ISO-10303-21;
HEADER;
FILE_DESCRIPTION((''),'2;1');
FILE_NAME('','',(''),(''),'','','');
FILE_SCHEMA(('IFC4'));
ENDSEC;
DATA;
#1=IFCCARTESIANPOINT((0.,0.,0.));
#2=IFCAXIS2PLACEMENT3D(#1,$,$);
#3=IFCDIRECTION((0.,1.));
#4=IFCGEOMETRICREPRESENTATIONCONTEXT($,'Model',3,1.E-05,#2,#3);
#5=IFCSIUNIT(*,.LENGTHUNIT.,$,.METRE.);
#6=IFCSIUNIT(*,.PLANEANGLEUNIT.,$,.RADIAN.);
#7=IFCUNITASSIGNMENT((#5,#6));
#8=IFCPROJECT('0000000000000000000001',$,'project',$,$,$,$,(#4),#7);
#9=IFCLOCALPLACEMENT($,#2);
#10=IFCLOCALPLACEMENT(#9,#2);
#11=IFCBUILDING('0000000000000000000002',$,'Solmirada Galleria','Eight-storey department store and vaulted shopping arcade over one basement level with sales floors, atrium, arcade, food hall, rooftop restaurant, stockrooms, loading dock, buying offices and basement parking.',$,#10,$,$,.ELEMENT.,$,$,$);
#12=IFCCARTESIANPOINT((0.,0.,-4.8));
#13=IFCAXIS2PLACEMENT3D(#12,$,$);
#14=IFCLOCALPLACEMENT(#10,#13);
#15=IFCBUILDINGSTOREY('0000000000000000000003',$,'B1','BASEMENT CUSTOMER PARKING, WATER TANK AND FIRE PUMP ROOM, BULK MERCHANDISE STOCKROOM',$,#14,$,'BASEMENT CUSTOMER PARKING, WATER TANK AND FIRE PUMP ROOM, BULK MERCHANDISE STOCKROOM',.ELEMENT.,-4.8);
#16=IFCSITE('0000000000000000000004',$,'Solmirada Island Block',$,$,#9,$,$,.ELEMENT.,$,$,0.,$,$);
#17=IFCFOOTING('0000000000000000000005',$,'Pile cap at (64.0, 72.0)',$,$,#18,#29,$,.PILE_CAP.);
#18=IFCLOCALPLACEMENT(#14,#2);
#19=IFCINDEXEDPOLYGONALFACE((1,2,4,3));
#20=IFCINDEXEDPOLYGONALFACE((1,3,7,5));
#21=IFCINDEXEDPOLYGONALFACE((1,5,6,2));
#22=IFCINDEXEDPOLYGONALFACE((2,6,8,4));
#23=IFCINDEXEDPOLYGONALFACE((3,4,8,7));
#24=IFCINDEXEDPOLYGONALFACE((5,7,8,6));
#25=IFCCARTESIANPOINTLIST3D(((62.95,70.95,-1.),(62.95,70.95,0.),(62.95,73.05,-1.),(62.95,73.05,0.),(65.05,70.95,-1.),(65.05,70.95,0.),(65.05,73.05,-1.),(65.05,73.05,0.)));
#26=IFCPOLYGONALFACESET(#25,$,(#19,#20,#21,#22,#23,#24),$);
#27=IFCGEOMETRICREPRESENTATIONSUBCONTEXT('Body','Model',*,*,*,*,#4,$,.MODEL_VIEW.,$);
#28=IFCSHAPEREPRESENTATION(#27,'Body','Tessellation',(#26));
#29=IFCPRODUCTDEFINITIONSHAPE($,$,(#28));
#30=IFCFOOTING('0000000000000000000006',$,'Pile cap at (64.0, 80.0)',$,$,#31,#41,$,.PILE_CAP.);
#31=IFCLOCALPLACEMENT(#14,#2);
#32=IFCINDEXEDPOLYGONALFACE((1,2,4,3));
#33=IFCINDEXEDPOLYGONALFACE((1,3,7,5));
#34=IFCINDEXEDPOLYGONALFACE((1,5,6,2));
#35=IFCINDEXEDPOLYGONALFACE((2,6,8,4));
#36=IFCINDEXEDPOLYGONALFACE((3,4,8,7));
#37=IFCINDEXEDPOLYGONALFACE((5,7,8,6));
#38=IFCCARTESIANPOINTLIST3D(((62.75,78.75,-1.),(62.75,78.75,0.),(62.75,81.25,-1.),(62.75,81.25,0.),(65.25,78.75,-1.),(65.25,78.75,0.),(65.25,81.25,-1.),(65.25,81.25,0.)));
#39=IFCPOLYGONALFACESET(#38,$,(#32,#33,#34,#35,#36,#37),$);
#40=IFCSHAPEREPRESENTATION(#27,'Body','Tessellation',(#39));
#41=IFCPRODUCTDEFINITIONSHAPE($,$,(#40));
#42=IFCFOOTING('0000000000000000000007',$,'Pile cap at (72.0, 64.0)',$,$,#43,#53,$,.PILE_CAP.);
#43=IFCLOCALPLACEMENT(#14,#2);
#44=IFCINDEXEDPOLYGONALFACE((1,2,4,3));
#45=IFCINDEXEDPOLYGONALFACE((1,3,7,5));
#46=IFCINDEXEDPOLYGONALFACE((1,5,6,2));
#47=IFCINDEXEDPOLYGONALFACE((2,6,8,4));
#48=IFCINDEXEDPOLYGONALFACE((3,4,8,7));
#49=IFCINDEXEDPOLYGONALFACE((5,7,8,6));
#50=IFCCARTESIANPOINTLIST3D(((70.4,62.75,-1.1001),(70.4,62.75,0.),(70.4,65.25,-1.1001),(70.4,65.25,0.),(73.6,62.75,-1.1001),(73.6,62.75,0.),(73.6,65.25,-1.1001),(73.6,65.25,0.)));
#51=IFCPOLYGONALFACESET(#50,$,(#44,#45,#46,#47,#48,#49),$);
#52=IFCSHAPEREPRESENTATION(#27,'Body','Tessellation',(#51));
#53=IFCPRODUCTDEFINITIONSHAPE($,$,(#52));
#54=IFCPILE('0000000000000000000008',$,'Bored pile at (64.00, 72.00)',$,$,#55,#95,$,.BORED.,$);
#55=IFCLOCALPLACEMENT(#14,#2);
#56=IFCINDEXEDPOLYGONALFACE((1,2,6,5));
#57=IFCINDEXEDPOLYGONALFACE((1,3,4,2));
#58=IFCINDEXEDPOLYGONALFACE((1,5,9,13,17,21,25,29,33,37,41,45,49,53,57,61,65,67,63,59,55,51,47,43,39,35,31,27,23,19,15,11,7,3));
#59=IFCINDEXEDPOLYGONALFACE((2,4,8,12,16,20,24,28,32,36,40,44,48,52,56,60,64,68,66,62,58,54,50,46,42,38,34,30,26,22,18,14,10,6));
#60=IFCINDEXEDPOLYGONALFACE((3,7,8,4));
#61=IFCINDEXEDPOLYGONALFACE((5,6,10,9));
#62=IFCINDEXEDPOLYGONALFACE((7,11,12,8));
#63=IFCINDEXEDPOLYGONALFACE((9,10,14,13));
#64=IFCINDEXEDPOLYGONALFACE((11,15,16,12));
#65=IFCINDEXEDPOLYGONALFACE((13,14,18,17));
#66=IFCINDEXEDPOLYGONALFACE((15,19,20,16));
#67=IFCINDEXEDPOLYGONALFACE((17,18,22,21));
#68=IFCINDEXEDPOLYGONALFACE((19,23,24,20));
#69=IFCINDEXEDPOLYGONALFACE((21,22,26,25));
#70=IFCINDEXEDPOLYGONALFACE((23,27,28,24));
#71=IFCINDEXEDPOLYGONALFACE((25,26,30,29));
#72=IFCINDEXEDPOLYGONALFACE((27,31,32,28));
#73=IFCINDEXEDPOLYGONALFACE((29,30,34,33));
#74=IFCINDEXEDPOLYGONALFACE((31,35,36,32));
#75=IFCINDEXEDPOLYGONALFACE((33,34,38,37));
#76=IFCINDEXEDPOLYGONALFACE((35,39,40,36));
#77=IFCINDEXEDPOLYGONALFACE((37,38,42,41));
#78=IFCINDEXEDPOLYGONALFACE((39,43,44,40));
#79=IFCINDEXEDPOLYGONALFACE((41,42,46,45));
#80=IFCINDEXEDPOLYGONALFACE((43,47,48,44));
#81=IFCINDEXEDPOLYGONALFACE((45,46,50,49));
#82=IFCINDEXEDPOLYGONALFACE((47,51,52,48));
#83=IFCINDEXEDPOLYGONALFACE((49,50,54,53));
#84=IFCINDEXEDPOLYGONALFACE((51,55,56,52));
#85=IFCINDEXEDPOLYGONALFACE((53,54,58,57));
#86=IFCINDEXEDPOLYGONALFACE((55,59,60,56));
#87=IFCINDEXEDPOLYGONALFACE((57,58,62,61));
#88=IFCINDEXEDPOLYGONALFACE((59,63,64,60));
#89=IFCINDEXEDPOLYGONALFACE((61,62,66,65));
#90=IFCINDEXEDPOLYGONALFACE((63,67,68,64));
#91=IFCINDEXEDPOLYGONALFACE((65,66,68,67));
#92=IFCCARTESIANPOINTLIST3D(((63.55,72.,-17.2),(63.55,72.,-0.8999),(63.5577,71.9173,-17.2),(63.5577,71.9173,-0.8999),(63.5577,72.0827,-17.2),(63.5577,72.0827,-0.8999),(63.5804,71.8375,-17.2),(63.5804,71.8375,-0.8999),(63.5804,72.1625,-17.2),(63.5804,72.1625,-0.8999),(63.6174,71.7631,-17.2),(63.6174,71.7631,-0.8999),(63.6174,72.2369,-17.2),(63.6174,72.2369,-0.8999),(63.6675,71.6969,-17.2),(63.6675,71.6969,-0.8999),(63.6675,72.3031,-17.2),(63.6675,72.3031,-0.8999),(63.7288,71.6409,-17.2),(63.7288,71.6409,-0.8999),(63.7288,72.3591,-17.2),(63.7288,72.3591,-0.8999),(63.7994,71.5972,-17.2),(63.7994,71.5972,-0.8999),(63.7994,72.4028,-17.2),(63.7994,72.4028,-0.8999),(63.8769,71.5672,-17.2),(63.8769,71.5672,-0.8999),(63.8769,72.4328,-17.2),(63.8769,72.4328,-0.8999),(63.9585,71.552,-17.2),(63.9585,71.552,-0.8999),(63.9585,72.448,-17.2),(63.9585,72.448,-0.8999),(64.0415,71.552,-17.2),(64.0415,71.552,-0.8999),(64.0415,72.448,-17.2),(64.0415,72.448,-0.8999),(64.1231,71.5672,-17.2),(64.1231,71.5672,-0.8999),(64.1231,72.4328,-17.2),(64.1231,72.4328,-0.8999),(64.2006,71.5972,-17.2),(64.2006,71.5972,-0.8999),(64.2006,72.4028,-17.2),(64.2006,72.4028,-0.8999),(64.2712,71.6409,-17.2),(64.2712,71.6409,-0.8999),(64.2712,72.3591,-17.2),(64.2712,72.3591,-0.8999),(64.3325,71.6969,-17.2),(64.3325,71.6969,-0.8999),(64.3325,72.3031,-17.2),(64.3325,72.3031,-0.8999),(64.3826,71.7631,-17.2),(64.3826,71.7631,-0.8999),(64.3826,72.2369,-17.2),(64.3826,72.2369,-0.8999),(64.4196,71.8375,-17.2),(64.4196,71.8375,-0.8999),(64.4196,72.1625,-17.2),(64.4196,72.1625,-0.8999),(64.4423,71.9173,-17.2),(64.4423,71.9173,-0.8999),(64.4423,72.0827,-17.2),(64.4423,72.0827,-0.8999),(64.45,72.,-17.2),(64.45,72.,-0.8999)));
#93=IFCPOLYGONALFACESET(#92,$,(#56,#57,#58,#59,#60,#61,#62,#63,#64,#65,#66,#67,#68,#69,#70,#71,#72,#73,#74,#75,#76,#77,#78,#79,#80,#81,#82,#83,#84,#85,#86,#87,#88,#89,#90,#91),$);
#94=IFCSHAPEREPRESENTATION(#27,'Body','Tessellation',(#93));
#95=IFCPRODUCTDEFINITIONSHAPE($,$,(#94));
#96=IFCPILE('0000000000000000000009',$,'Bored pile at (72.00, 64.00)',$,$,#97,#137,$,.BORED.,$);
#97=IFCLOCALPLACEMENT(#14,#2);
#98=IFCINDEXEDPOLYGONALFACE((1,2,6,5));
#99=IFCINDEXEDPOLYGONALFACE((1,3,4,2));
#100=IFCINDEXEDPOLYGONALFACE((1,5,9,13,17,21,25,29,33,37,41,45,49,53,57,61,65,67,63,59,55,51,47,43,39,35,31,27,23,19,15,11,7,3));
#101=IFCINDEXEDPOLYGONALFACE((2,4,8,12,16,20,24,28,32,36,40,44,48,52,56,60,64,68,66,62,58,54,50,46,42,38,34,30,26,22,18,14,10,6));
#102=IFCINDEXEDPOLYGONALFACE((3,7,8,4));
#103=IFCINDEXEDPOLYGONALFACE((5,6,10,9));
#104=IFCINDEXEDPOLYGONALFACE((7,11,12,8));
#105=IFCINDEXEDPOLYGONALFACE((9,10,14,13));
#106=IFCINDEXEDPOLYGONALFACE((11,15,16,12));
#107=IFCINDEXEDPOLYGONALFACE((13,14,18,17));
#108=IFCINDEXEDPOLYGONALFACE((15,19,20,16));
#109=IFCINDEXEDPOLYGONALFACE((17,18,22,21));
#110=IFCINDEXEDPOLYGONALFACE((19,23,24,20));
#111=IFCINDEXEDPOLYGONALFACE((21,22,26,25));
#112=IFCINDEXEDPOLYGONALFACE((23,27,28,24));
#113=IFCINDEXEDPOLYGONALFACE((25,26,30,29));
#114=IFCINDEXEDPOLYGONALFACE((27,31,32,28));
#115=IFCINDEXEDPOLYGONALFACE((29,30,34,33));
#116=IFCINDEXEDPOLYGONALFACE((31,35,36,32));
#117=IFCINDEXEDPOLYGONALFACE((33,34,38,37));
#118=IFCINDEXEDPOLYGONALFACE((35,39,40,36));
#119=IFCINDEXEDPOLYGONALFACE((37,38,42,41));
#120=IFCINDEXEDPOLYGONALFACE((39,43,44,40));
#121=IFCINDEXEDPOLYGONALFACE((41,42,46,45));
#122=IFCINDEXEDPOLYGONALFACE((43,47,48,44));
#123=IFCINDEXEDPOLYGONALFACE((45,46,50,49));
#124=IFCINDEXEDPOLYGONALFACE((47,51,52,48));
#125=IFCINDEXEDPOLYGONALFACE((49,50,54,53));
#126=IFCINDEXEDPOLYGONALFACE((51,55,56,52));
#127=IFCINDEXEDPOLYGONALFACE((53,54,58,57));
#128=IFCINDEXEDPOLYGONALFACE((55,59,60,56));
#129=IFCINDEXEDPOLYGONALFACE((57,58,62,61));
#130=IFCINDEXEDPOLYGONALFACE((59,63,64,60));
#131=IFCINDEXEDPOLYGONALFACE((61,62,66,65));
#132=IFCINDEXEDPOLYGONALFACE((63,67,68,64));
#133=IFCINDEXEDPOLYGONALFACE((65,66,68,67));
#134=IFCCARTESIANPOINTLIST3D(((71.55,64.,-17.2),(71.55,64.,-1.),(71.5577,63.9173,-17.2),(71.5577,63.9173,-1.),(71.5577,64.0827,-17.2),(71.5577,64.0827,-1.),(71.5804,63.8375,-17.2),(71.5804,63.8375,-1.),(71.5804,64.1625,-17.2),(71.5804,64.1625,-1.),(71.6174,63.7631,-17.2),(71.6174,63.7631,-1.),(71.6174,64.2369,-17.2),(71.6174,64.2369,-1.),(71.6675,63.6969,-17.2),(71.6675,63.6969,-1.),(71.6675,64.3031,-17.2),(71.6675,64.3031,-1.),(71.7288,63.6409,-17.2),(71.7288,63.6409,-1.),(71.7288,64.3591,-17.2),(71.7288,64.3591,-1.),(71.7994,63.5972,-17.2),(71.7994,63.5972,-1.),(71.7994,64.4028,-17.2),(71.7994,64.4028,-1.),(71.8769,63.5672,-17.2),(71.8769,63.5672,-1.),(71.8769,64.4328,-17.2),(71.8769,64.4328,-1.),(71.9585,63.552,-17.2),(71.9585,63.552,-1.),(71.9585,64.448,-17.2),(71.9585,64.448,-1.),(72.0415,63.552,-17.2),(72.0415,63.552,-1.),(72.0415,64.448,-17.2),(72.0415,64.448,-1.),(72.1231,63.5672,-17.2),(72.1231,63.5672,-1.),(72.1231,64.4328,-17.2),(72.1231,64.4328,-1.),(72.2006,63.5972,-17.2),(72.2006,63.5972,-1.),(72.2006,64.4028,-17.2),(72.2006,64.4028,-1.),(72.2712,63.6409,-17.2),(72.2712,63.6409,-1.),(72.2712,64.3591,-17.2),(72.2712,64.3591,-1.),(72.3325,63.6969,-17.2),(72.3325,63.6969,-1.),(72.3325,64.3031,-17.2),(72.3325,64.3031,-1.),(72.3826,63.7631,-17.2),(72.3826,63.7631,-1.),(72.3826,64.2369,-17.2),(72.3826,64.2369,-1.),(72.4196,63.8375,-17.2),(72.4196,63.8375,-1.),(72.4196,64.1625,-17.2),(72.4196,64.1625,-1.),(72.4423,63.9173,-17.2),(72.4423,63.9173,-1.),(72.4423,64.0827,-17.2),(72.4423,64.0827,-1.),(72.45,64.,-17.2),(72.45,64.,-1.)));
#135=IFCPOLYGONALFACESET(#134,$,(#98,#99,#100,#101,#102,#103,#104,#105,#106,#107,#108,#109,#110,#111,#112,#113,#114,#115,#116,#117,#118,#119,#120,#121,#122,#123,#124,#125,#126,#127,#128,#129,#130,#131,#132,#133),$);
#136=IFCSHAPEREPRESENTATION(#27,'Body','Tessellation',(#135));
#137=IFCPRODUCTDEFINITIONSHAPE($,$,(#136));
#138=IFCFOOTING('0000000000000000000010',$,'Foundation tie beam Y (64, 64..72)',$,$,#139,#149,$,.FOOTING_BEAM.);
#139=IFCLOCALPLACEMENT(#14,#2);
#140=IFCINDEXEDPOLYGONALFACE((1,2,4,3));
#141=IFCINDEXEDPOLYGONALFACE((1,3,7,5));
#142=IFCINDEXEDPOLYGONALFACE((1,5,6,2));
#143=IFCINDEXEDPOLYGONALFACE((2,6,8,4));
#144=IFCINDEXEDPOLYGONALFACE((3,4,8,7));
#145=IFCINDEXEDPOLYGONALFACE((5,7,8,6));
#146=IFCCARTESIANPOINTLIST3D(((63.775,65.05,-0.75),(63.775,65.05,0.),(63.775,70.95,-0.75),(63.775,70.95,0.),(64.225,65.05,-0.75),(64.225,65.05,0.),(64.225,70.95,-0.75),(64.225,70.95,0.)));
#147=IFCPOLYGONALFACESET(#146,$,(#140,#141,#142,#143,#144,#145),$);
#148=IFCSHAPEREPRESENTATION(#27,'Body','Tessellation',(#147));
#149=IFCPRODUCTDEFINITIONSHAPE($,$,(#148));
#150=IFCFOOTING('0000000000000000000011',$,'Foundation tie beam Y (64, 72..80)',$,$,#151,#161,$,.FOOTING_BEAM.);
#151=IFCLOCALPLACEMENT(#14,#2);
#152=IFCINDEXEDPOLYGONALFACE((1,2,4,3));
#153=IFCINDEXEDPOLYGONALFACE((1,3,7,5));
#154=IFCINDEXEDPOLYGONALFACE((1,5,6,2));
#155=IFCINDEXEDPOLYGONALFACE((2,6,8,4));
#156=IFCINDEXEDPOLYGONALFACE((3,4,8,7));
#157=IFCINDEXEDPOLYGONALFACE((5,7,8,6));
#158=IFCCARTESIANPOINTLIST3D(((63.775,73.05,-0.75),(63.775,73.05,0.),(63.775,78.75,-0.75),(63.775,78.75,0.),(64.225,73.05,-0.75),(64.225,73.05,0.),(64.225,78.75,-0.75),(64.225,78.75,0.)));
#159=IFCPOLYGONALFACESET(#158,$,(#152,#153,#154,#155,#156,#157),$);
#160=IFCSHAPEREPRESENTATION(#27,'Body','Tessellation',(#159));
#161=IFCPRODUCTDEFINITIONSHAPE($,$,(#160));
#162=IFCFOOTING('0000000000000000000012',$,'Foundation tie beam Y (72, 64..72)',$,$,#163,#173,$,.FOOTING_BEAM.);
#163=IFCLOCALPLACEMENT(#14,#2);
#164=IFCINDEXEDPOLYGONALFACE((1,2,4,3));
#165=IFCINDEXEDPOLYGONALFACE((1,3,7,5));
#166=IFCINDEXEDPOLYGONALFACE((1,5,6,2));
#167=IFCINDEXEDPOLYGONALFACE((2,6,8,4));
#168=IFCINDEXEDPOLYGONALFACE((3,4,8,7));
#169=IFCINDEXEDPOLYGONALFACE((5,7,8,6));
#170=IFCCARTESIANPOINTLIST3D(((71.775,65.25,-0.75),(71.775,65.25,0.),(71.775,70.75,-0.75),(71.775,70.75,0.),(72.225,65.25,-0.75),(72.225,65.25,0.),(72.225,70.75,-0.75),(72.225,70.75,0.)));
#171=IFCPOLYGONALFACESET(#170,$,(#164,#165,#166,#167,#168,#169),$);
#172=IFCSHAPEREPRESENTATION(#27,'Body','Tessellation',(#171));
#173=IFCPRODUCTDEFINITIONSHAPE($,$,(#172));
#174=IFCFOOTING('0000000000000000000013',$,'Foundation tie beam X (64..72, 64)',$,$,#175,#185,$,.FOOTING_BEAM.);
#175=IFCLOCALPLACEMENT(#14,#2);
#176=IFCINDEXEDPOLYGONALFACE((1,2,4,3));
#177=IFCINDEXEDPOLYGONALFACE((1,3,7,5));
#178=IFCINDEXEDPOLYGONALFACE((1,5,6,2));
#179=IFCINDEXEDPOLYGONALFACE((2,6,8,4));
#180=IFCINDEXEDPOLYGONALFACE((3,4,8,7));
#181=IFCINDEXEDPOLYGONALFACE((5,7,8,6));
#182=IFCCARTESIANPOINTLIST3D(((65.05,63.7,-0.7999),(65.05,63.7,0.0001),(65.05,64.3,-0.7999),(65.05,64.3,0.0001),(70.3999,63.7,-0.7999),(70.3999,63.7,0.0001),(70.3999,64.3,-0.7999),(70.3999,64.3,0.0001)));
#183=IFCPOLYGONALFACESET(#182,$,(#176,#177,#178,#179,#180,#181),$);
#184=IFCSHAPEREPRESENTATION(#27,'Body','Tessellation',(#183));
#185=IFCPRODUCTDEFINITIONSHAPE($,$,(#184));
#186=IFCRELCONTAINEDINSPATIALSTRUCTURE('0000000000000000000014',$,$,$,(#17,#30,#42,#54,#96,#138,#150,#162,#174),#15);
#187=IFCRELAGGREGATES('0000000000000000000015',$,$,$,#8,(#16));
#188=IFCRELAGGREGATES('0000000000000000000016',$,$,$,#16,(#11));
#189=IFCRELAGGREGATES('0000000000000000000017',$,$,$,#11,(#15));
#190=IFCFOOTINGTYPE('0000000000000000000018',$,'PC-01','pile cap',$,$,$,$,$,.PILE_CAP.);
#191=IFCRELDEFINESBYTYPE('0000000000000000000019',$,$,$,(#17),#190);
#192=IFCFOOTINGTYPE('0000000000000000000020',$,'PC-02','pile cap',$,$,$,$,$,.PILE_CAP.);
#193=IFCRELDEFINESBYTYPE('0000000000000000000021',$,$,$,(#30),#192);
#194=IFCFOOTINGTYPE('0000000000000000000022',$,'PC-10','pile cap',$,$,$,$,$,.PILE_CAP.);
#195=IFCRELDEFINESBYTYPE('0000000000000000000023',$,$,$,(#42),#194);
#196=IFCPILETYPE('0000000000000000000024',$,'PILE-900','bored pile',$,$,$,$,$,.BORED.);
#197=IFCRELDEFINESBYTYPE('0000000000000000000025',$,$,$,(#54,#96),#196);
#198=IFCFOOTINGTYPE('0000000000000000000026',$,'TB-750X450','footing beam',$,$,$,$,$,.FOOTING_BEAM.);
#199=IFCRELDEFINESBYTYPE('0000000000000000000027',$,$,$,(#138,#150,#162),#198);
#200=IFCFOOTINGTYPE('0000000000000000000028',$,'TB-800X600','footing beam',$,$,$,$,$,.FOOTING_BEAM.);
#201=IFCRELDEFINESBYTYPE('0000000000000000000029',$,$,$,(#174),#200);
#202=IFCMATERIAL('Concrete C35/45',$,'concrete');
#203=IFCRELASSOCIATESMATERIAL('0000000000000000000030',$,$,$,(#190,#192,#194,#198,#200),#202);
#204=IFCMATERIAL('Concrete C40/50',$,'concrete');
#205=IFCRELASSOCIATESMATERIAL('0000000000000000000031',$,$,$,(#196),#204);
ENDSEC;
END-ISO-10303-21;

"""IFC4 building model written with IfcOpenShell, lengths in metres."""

from ifc_helpers import new_model, si_unit, direction, frame, origin, origin_2d, place, context, subcontext, project, spatial, rectangle, circle, extrude, material, material_profile, profile_set, type_object, element, save


model = new_model("IFC4")

# Units and contexts
model_context = context("Model", 3, precision=1e-05, world=origin(), true_north=direction((0.0, 1.0)))
body_context = subcontext(model_context, "Body", "Model", "MODEL_VIEW")
ifc_project = project(units=[si_unit("LENGTHUNIT", "METRE"), si_unit("PLANEANGLEUNIT", "RADIAN")], contexts=[model_context])

# Site, building, storey
site_placement = place(None, origin())
site = spatial("IfcSite", under=ifc_project, at=site_placement, Name="Solmirada Island Block", CompositionType="ELEMENT", RefElevation=0.0)
building_placement = place(site_placement, origin())
building = spatial("IfcBuilding", under=site, at=building_placement, Name="Solmirada Galleria", Description="Eight-storey department store and vaulted shopping arcade over one basement level with sales floors, atrium, arcade, food hall, rooftop restaurant, stockrooms, loading dock, buying offices and basement parking.", CompositionType="ELEMENT")
storey_placement = place(building_placement, frame((0.0, 0.0, -4.8)))
storey = spatial("IfcBuildingStorey", under=building, at=storey_placement, Name="B1", Description="BASEMENT CUSTOMER PARKING, WATER TANK AND FIRE PUMP ROOM, BULK MERCHANDISE STOCKROOM", LongName="BASEMENT CUSTOMER PARKING, WATER TANK AND FIRE PUMP ROOM, BULK MERCHANDISE STOCKROOM", CompositionType="ELEMENT", Elevation=-4.8)

# Footings
ifc_material_1 = material(Name="Concrete C35/45", Category="concrete")
footing_type_1 = type_object("IfcFootingType", Name="PC-01", Description="pile cap", PredefinedType="PILE_CAP", material=ifc_material_1)
footing_1_placement = place(storey_placement, frame((64.0, 72.0, -1.0), z_axis=(0.0, 0.0, 1.0), x_axis=(1.0, 0.0, 0.0)))
element("IfcFooting", 1, at=footing_1_placement, inside=storey, type_object=footing_type_1, Name="Pile cap at (64.0, 72.0)", PredefinedType="PILE_CAP", context=body_context, shape_type="SweptSolid", body=[
    extrude(rectangle(XDim=2.1001, YDim=2.1001, at=origin_2d()), origin(), (0.0, 0.0, 1.0), 1.0),
])
footing_type_2 = type_object("IfcFootingType", Name="PC-02", Description="pile cap", PredefinedType="PILE_CAP", material=ifc_material_1)
footing_2_placement = place(storey_placement, frame((64.0, 80.0, -1.0), z_axis=(0.0, 0.0, 1.0), x_axis=(1.0, 0.0, 0.0)))
element("IfcFooting", 2, at=footing_2_placement, inside=storey, type_object=footing_type_2, Name="Pile cap at (64.0, 80.0)", PredefinedType="PILE_CAP", context=body_context, shape_type="SweptSolid", body=[
    extrude(rectangle(XDim=2.5, YDim=2.5, at=origin_2d()), origin(), (0.0, 0.0, 1.0), 1.0),
])
footing_type_3 = type_object("IfcFootingType", Name="PC-10", Description="pile cap", PredefinedType="PILE_CAP", material=ifc_material_1)
footing_3_placement = place(storey_placement, frame((72.0, 64.0, -1.1001), z_axis=(0.0, 0.0, 1.0), x_axis=(1.0, 0.0, 0.0)))
element("IfcFooting", 3, at=footing_3_placement, inside=storey, type_object=footing_type_3, Name="Pile cap at (72.0, 64.0)", PredefinedType="PILE_CAP", context=body_context, shape_type="SweptSolid", body=[
    extrude(rectangle(XDim=3.2, YDim=2.5, at=origin_2d()), origin(), (0.0, 0.0, 1.0), 1.1001),
])

# Piles
ifc_material_2 = material(Name="Concrete C40/50", Category="concrete")
ifc_material_profile_1 = material_profile(ifc_material_2, circle(Radius=0.45, at=origin_2d()), Name="PILE900")
ifc_profile_set_1 = profile_set([ifc_material_profile_1], Name="Concrete C40/50")
pile_type = type_object("IfcPileType", Name="PILE-900", Description="bored pile", PredefinedType="BORED", material=ifc_profile_set_1)
pile_1_placement = place(storey_placement, frame((64.0, 72.0, -0.8999), z_axis=(0.0, 0.0, -1.0), x_axis=(1.0, 0.0, 0.0)))
element("IfcPile", 4, at=pile_1_placement, inside=storey, type_object=pile_type, Name="Bored pile at (64.00, 72.00)", PredefinedType="BORED", context=body_context, shape_type="SweptSolid", body=[
    extrude(circle(Radius=0.45, at=origin_2d()), origin(), (0.0, 0.0, 1.0), 16.3),
])
pile_2_placement = place(storey_placement, frame((72.0, 64.0, -1.0), z_axis=(0.0, 0.0, -1.0), x_axis=(1.0, 0.0, 0.0)))
element("IfcPile", 5, at=pile_2_placement, inside=storey, type_object=pile_type, Name="Bored pile at (72.00, 64.00)", PredefinedType="BORED", context=body_context, shape_type="SweptSolid", body=[
    extrude(circle(Radius=0.45, at=origin_2d()), origin(), (0.0, 0.0, 1.0), 16.2),
])

# Footings
ifc_material_profile_2 = material_profile(ifc_material_1, rectangle(XDim=0.45, YDim=0.75, at=origin_2d()), Name="RC750X450")
ifc_profile_set_2 = profile_set([ifc_material_profile_2], Name="Concrete C35/45")
footing_type_4 = type_object("IfcFootingType", Name="TB-750X450", Description="footing beam", PredefinedType="FOOTING_BEAM", material=ifc_profile_set_2)
footing_4_placement = place(storey_placement, frame((64.0, 65.05, -0.375), z_axis=(0.0, 1.0, 0.0), x_axis=(-1.0, 0.0, 0.0)))
element("IfcFooting", 6, at=footing_4_placement, inside=storey, type_object=footing_type_4, Name="Foundation tie beam Y (64, 64..72)", PredefinedType="FOOTING_BEAM", context=body_context, shape_type="SweptSolid", body=[
    extrude(rectangle(XDim=0.45, YDim=0.75, at=origin_2d()), origin(), (0.0, 0.0, 1.0), 5.8999),
])
footing_5_placement = place(storey_placement, frame((64.0, 73.05, -0.375), z_axis=(0.0, 1.0, 0.0), x_axis=(-1.0, 0.0, 0.0)))
element("IfcFooting", 7, at=footing_5_placement, inside=storey, type_object=footing_type_4, Name="Foundation tie beam Y (64, 72..80)", PredefinedType="FOOTING_BEAM", context=body_context, shape_type="SweptSolid", body=[
    extrude(rectangle(XDim=0.45, YDim=0.75, at=origin_2d()), origin(), (0.0, 0.0, 1.0), 5.7),
])
footing_6_placement = place(storey_placement, frame((72.0, 65.25, -0.375), z_axis=(0.0, 1.0, 0.0), x_axis=(-1.0, 0.0, 0.0)))
element("IfcFooting", 8, at=footing_6_placement, inside=storey, type_object=footing_type_4, Name="Foundation tie beam Y (72, 64..72)", PredefinedType="FOOTING_BEAM", context=body_context, shape_type="SweptSolid", body=[
    extrude(rectangle(XDim=0.45, YDim=0.75, at=origin_2d()), origin(), (0.0, 0.0, 1.0), 5.5),
])
ifc_material_profile_3 = material_profile(ifc_material_1, rectangle(XDim=0.6001, YDim=0.8, at=origin_2d()), Name="RC800X600")
ifc_profile_set_3 = profile_set([ifc_material_profile_3], Name="Concrete C35/45")
footing_type_5 = type_object("IfcFootingType", Name="TB-800X600", Description="footing beam", PredefinedType="FOOTING_BEAM", material=ifc_profile_set_3)
footing_7_placement = place(storey_placement, frame((65.05, 64.0, -0.3999), z_axis=(1.0, 0.0, 0.0), x_axis=(0.0, 1.0, 0.0)))
element("IfcFooting", 9, at=footing_7_placement, inside=storey, type_object=footing_type_5, Name="Foundation tie beam X (64..72, 64)", PredefinedType="FOOTING_BEAM", context=body_context, shape_type="SweptSolid", body=[
    extrude(rectangle(XDim=0.6001, YDim=0.8, at=origin_2d()), origin(), (0.0, 0.0, 1.0), 5.3499),
])

save(model, "model.ifc")
